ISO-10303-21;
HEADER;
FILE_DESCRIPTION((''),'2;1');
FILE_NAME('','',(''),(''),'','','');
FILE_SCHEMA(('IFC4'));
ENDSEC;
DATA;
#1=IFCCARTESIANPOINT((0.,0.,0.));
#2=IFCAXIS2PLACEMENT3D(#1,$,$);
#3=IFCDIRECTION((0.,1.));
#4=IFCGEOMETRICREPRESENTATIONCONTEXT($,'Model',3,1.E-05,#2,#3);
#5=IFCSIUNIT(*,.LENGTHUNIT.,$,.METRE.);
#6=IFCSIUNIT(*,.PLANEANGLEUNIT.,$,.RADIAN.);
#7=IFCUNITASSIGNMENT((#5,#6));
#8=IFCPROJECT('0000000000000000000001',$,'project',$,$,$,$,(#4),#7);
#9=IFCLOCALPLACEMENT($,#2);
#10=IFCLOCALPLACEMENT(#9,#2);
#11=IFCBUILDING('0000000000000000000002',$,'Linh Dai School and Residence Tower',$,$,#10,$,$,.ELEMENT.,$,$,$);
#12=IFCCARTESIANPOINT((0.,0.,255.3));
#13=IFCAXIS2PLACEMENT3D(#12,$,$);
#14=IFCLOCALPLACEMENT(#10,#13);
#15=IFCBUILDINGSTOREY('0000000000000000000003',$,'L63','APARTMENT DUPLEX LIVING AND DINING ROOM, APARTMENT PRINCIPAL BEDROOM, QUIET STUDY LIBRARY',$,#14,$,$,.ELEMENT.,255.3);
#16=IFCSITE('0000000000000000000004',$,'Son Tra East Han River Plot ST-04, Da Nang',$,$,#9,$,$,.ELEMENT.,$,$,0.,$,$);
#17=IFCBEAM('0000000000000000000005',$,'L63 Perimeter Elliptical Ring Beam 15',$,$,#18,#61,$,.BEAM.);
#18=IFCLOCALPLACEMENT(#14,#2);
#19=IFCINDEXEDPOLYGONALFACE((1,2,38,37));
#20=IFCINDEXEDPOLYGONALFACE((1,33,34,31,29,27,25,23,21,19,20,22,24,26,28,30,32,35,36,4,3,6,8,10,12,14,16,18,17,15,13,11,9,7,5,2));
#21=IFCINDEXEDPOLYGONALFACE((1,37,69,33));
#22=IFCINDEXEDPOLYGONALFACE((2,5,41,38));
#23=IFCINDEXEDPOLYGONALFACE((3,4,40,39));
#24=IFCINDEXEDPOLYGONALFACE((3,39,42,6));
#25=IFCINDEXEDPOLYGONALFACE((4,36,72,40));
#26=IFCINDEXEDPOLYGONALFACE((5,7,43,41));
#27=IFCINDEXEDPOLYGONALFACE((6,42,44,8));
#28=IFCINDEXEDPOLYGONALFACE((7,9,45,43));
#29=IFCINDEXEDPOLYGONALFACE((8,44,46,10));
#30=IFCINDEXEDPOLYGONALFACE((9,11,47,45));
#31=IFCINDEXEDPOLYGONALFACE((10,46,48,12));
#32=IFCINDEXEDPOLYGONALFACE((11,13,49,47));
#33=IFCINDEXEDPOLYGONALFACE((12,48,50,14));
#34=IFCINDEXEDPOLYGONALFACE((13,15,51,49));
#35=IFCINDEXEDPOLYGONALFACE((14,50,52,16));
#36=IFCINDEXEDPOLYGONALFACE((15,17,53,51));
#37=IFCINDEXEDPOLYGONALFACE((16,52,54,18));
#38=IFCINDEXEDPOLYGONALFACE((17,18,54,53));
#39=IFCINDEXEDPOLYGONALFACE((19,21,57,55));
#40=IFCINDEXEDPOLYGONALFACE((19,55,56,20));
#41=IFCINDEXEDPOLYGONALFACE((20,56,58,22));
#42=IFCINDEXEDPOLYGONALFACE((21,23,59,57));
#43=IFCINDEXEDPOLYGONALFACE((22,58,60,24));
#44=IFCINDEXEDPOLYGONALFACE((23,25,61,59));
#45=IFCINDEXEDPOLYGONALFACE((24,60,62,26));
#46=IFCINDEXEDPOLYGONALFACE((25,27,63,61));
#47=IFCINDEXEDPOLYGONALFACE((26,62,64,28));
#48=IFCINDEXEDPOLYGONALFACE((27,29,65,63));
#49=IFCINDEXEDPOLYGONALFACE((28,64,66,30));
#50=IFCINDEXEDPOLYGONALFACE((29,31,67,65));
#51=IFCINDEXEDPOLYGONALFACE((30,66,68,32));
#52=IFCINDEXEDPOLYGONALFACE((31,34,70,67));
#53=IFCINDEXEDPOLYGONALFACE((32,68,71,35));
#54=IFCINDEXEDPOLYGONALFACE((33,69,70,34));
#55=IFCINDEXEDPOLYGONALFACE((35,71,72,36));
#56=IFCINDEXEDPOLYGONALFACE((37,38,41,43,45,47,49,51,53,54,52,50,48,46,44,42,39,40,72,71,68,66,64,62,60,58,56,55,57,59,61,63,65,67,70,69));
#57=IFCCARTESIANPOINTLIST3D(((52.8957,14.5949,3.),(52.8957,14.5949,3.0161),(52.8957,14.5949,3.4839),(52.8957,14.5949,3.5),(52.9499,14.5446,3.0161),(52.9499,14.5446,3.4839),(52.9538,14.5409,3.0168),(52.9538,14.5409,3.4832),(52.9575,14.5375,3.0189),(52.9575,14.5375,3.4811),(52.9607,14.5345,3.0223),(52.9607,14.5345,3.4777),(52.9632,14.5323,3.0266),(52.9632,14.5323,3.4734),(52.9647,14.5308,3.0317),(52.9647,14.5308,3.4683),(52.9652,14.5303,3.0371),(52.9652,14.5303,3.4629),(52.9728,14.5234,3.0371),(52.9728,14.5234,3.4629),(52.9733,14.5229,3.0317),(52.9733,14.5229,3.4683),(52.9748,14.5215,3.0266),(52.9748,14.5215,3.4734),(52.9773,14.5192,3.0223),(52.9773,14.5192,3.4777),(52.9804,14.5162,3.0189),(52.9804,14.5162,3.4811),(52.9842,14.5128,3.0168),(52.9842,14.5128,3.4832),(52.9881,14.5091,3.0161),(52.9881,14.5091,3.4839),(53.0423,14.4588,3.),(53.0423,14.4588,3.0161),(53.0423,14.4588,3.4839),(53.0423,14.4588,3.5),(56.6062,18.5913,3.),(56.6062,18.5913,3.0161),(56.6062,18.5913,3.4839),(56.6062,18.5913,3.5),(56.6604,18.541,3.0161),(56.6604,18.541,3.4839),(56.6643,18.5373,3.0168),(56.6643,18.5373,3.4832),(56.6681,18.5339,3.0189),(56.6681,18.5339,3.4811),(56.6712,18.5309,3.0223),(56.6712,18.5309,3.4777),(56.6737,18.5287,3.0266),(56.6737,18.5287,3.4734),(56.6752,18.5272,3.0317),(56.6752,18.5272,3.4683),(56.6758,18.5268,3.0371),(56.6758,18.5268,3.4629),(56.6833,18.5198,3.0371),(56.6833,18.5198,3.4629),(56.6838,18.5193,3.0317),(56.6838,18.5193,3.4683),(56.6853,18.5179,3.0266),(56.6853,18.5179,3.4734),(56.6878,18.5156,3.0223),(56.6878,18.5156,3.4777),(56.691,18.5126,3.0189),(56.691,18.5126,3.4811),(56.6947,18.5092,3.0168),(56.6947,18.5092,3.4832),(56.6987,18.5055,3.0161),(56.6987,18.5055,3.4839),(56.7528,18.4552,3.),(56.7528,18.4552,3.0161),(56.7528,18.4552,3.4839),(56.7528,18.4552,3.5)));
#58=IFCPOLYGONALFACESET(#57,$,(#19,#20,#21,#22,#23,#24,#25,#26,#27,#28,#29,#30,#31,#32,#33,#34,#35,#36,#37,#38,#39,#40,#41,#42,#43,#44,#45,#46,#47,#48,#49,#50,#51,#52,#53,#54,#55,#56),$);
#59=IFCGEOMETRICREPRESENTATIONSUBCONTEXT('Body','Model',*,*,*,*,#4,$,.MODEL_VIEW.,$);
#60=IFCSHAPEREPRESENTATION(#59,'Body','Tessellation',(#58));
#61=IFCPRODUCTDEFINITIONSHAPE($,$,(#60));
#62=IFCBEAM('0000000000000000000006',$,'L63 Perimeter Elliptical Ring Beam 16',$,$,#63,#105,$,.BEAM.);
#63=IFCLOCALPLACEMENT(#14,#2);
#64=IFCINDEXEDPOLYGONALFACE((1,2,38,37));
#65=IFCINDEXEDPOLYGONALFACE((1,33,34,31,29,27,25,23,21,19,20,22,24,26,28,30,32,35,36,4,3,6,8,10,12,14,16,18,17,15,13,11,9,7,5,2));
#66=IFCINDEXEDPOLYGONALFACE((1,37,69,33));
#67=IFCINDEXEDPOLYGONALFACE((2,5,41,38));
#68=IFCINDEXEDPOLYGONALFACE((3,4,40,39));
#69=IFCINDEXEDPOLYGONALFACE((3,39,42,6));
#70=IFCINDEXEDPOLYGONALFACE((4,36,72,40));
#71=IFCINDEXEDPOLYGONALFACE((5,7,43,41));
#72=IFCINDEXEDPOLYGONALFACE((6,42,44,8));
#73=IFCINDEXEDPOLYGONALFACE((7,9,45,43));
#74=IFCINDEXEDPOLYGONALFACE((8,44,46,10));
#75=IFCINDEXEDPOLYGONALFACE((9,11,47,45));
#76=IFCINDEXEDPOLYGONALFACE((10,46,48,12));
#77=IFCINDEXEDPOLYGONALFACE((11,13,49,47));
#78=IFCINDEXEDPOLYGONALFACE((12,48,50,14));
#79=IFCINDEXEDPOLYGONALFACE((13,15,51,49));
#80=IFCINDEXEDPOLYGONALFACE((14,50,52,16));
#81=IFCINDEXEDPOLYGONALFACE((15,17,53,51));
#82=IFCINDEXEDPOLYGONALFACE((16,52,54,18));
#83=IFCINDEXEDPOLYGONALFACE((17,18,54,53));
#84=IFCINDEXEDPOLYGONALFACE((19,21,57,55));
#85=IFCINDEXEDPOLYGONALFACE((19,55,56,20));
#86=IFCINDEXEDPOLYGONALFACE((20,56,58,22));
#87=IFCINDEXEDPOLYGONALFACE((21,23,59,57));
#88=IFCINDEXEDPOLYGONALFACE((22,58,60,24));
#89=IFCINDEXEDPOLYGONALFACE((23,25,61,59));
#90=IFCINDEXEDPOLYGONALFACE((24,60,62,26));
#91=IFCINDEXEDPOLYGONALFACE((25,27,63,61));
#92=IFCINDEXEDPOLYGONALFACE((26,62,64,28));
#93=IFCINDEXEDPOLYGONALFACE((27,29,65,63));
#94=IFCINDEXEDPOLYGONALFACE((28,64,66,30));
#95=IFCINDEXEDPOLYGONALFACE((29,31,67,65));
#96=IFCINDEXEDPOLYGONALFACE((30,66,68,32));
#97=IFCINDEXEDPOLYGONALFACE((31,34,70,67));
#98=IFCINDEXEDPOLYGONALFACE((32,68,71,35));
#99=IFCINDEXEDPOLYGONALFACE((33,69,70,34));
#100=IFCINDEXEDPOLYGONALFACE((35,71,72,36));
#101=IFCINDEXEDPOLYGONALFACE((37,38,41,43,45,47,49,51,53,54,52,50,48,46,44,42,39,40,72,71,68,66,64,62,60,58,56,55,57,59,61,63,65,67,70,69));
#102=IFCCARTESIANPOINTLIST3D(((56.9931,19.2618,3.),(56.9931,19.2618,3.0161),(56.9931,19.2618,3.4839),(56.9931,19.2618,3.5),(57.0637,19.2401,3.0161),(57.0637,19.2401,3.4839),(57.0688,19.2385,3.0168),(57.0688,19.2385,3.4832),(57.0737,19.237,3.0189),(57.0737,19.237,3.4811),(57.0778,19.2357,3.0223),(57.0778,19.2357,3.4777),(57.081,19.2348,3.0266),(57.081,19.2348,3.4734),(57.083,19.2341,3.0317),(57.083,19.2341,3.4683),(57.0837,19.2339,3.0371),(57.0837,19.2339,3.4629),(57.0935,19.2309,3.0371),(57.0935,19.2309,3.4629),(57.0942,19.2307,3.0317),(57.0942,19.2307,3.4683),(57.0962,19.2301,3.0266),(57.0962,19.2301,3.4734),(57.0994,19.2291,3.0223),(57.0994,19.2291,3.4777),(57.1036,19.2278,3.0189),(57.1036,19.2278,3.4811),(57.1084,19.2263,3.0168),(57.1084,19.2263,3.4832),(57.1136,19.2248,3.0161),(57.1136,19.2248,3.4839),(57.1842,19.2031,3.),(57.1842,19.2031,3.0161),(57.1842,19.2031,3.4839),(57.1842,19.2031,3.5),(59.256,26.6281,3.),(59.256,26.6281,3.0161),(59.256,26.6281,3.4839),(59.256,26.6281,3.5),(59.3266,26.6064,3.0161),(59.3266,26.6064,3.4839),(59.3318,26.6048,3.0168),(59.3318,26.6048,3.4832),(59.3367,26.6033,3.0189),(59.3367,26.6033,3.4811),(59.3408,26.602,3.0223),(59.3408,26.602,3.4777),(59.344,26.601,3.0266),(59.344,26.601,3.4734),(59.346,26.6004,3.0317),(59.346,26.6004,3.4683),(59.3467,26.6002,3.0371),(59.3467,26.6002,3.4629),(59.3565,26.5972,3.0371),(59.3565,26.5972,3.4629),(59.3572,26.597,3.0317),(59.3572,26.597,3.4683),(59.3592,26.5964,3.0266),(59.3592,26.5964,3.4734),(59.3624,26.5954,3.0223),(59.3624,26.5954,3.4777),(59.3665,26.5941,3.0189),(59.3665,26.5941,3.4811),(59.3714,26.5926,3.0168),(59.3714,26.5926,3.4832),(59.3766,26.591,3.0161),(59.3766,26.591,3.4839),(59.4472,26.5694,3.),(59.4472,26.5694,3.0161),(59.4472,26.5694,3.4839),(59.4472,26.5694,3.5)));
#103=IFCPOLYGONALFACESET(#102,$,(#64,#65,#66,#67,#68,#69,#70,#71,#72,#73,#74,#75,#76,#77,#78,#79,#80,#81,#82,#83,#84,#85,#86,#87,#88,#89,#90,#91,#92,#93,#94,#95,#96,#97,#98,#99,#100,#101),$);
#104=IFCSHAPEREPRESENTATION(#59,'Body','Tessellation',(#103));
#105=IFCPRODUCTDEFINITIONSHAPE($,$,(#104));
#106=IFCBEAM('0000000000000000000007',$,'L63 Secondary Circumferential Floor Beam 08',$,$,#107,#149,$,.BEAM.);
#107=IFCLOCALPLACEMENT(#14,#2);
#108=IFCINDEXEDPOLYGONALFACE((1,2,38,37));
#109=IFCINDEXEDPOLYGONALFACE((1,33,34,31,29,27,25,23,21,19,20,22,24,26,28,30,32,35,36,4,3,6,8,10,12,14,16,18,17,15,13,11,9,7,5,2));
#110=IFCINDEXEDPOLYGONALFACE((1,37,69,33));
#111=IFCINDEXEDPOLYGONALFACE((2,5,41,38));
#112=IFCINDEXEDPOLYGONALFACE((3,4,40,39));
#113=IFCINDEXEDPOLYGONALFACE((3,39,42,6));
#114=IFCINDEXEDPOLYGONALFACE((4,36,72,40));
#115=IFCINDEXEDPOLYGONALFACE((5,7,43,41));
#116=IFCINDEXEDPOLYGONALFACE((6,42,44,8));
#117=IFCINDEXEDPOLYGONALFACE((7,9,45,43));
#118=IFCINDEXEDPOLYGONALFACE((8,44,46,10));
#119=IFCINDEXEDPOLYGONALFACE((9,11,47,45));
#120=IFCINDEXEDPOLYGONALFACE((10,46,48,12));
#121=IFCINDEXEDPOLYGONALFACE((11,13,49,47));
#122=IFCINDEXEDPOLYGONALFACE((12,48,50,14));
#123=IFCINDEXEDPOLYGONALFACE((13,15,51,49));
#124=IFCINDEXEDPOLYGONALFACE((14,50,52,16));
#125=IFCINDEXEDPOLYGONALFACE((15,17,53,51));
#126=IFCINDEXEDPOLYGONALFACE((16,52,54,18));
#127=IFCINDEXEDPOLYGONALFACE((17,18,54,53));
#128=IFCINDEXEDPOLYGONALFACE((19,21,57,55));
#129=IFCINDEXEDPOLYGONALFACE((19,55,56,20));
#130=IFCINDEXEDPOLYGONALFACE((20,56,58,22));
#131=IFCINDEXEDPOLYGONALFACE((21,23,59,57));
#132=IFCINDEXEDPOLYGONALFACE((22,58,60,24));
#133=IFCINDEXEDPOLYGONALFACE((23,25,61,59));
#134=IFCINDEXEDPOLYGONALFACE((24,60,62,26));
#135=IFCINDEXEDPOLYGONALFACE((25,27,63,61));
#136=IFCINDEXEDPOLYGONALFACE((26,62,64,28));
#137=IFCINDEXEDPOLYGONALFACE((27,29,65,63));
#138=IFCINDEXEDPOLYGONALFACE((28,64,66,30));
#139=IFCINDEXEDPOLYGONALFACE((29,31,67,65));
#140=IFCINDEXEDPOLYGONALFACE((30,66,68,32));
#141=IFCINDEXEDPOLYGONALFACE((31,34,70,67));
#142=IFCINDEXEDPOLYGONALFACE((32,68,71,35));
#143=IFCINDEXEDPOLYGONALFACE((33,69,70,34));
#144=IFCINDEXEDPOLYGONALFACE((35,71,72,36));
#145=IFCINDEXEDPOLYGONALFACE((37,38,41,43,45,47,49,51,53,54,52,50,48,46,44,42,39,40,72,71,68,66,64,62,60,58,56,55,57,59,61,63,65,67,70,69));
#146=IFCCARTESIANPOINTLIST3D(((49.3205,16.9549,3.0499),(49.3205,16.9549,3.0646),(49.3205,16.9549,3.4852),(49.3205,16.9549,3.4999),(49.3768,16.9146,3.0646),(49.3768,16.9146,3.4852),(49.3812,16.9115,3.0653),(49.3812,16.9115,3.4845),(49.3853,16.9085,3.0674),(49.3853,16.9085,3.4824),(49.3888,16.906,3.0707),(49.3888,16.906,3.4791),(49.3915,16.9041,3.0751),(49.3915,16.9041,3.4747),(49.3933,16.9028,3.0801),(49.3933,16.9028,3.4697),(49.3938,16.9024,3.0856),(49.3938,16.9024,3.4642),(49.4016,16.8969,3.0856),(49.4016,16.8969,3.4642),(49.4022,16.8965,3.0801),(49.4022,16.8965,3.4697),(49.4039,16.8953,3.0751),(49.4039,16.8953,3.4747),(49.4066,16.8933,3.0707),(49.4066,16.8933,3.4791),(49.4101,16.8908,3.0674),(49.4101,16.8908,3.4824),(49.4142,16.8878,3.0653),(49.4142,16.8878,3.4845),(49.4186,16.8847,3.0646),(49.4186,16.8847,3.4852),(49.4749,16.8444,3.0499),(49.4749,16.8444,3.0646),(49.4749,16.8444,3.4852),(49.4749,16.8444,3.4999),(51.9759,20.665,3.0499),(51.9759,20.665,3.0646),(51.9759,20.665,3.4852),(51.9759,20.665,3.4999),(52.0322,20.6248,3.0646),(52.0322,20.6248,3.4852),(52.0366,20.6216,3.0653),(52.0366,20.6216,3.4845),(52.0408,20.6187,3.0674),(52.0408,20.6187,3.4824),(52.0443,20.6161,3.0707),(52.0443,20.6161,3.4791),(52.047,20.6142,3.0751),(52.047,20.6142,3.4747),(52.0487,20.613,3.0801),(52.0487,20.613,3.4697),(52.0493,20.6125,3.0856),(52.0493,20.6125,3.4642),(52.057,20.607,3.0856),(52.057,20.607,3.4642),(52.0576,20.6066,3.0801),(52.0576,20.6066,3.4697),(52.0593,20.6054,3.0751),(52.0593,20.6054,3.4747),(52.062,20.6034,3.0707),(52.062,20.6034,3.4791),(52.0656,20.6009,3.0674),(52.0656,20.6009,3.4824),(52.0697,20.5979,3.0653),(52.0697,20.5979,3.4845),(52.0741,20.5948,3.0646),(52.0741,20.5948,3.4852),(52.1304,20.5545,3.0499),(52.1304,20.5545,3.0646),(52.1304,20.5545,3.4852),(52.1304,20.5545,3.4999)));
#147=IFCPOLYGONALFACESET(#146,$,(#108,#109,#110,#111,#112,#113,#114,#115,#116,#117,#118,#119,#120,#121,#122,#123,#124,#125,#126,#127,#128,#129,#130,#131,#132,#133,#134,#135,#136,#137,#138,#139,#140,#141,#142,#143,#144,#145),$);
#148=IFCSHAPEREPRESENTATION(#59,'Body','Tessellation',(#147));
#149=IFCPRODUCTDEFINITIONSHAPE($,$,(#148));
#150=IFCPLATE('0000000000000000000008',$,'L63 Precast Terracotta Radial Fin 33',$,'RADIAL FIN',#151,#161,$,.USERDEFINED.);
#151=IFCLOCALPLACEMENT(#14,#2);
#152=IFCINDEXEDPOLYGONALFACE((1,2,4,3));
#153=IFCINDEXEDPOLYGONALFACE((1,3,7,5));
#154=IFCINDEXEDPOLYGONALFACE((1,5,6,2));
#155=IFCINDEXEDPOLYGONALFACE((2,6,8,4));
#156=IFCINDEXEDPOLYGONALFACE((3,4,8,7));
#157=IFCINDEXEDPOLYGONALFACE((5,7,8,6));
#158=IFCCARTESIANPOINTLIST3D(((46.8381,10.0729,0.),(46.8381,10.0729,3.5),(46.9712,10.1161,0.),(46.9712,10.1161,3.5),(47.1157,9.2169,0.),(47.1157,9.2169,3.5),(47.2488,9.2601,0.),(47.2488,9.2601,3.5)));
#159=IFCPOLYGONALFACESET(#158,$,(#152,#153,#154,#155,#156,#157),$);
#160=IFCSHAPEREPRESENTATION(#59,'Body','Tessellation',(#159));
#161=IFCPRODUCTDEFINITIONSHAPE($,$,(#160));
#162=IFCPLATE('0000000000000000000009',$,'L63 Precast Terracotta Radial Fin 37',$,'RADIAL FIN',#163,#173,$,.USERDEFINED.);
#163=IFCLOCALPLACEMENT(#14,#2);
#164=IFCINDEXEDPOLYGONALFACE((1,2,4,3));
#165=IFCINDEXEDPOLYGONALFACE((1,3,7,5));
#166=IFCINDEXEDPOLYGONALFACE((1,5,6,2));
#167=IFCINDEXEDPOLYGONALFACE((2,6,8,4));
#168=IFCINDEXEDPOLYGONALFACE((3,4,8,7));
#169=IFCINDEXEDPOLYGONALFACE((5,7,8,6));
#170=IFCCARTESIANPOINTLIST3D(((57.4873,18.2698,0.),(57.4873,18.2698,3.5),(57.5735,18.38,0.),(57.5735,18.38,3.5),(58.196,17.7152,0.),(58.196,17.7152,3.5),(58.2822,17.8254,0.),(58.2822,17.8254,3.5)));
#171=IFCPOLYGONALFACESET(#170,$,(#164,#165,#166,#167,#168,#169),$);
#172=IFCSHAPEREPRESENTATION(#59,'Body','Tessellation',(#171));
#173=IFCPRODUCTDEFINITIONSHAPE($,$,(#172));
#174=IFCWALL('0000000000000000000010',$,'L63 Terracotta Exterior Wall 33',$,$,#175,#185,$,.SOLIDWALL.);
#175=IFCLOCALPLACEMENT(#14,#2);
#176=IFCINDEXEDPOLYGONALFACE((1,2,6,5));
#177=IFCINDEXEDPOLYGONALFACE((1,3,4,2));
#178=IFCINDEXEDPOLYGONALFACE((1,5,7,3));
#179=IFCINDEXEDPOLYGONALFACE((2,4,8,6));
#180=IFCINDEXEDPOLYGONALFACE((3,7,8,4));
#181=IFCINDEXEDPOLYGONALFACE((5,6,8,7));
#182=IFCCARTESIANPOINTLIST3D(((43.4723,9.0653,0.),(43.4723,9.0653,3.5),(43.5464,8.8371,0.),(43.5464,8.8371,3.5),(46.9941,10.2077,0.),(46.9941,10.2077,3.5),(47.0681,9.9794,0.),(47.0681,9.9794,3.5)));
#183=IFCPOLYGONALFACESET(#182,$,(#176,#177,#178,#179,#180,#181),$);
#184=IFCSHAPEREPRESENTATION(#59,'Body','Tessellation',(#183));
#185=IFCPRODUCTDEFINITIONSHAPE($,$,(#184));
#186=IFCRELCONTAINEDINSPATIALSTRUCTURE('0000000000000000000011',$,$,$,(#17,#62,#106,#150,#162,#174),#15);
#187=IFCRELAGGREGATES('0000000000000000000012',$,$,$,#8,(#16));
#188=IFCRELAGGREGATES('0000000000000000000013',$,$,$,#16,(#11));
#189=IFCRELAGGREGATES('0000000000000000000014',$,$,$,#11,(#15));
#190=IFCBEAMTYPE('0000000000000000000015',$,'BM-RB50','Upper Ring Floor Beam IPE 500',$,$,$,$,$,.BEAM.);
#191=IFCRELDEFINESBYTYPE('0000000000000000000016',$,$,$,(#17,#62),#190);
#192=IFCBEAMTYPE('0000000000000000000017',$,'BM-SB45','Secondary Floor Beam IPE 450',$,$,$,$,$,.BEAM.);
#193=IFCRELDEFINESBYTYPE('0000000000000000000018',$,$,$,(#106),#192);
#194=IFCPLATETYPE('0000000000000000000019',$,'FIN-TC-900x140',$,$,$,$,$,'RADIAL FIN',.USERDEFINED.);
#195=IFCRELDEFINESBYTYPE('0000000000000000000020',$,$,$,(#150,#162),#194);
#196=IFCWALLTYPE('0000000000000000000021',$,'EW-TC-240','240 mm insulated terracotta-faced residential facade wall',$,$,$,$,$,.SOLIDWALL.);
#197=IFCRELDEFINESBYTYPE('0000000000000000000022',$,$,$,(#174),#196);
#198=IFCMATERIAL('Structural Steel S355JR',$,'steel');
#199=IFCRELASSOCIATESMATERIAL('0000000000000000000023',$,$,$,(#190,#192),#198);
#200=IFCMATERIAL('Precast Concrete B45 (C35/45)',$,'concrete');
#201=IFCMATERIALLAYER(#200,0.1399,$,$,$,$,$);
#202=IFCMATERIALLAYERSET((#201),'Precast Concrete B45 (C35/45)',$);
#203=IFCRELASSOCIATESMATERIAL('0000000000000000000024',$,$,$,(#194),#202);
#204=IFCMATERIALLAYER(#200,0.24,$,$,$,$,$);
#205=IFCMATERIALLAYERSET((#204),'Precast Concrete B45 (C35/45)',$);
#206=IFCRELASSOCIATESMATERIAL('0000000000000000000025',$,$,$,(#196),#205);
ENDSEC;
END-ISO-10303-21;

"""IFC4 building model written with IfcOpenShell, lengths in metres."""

from ifc_helpers import new_model, si_unit, direction, frame, frame_2d, origin, origin_2d, place, context, subcontext, project, spatial, rectangle, i_section, extrude, source, transform, mapped, material, layer, layer_set, material_profile, profile_set, type_object, element, save


model = new_model("IFC4")

# Units and contexts
model_context = context("Model", 3, precision=1e-05, world=origin(), true_north=direction((0.0, 1.0)))
body_context = subcontext(model_context, "Body", "Model", "MODEL_VIEW")
ifc_project = project(units=[si_unit("LENGTHUNIT", "METRE"), si_unit("PLANEANGLEUNIT", "RADIAN")], contexts=[model_context])

# Site, building, storey
site_placement = place(None, origin())
site = spatial("IfcSite", under=ifc_project, at=site_placement, Name="Son Tra East Han River Plot ST-04, Da Nang", CompositionType="ELEMENT", RefElevation=0.0)
building_placement = place(site_placement, origin())
building = spatial("IfcBuilding", under=site, at=building_placement, Name="Linh Dai School and Residence Tower", CompositionType="ELEMENT")
storey_placement = place(building_placement, frame((0.0, 0.0, 255.3)))
storey = spatial("IfcBuildingStorey", under=building, at=storey_placement, Name="L63", Description="APARTMENT DUPLEX LIVING AND DINING ROOM, APARTMENT PRINCIPAL BEDROOM, QUIET STUDY LIBRARY", CompositionType="ELEMENT", Elevation=255.3)

# Shared definitions
ifc_material_1 = material(Name="Structural Steel S355JR", Category="steel")

# Beams
ifc_material_profile_1 = material_profile(ifc_material_1, i_section(OverallWidth=0.2, OverallDepth=0.5, WebThickness=0.0103, FlangeThickness=0.0161, FilletRadius=0.021, at=origin_2d()), Name="IPE 500")
ifc_profile_set_1 = profile_set([ifc_material_profile_1], Name="Structural Steel S355JR")
beam_type_1 = type_object("IfcBeamType", Name="BM-RB50", Description="Upper Ring Floor Beam IPE 500", PredefinedType="BEAM", material=ifc_profile_set_1)
beam_1_placement = place(storey_placement, frame((52.969, 14.5269, 3.25), z_axis=(0.680408, 0.732833, 0.0), x_axis=(-0.732833, 0.680408, 0.0)))
element("IfcBeam", 1, at=beam_1_placement, inside=storey, type_object=beam_type_1, Name="L63 Perimeter Elliptical Ring Beam 15", PredefinedType="BEAM", context=body_context, shape_type="SweptSolid", body=[
    extrude(i_section(OverallWidth=0.2, OverallDepth=0.5, WebThickness=0.0103, FlangeThickness=0.0161, FilletRadius=0.021, at=origin_2d()), origin(), (0.0, 0.0, 1.0), 5.4534),
])
beam_2_placement = place(storey_placement, frame((57.0886, 19.2324, 3.25), z_axis=(0.293661, 0.95591, 0.0), x_axis=(-0.95591, 0.293661, 0.0)))
element("IfcBeam", 2, at=beam_2_placement, inside=storey, type_object=beam_type_1, Name="L63 Perimeter Elliptical Ring Beam 16", PredefinedType="BEAM", context=body_context, shape_type="SweptSolid", body=[
    extrude(i_section(OverallWidth=0.2, OverallDepth=0.5, WebThickness=0.0103, FlangeThickness=0.0161, FilletRadius=0.021, at=origin_2d()), origin(), (0.0, 0.0, 1.0), 7.7061),
])
ifc_material_profile_2 = material_profile(ifc_material_1, i_section(OverallWidth=0.1899, OverallDepth=0.45, WebThickness=0.0095, FlangeThickness=0.0146, FilletRadius=0.021, at=origin_2d()), Name="IPE 450")
ifc_profile_set_2 = profile_set([ifc_material_profile_2], Name="Structural Steel S355JR")
beam_type_2 = type_object("IfcBeamType", Name="BM-SB45", Description="Secondary Floor Beam IPE 450", PredefinedType="BEAM", material=ifc_profile_set_2)
beam_3_placement = place(storey_placement, frame((49.3977, 16.8997, 3.2749), z_axis=(0.582017, 0.813176, 0.0), x_axis=(-0.813176, 0.582017, 0.0)))
element("IfcBeam", 3, at=beam_3_placement, inside=storey, type_object=beam_type_2, Name="L63 Secondary Circumferential Floor Beam 08", PredefinedType="BEAM", context=body_context, shape_type="SweptSolid", body=[
    extrude(i_section(OverallWidth=0.1899, OverallDepth=0.45, WebThickness=0.0095, FlangeThickness=0.0146, FilletRadius=0.021, at=origin_2d()), origin(), (0.0, 0.0, 1.0), 4.5625),
])

# Plates
ifc_material_2 = material(Name="Precast Concrete B45 (C35/45)", Category="concrete")
ifc_layer_1 = layer(ifc_material_2, 0.1399)
ifc_layer_set_1 = layer_set([ifc_layer_1], Name="Precast Concrete B45 (C35/45)")
plate_type = type_object("IfcPlateType", Name="FIN-TC-900x140", ElementType="RADIAL FIN", PredefinedType="USERDEFINED", material=ifc_layer_set_1)
shared_shape_1 = source(origin(), body_context, "Body", "SweptSolid", [
    extrude(rectangle(XDim=0.8999, YDim=0.1399, at=origin_2d()), origin(), (0.0, 0.0, 1.0), 3.5),
])
for number, where, z_axis, x_axis, name in (
    (4, (47.0435, 9.6665, 0.0), (0.0, 0.0, 1.0), (0.308501, -0.951224, 0.0), "L63 Precast Terracotta Radial Fin 33"),
    (5, (57.8848, 18.0476, 0.0), (0.0, 0.0, 1.0), (0.787485, -0.616334, 0.0), "L63 Precast Terracotta Radial Fin 37"),
):
    element("IfcPlate", number, at=place(storey_placement, frame(where, z_axis=z_axis, x_axis=x_axis)), inside=storey, type_object=plate_type, Name=name, ObjectType="RADIAL FIN", PredefinedType="USERDEFINED", context=body_context, shape_type="MappedRepresentation", body=[
        mapped(shared_shape_1, transform((0.0, 0.0, 0.0), x_axis=(1.0, 0.0, 0.0), y_axis=(0.0, 1.0, 0.0), z_axis=(0.0, 0.0, 1.0), scale=1.0)),
    ])

# Wall
ifc_layer_2 = layer(ifc_material_2, 0.24)
ifc_layer_set_2 = layer_set([ifc_layer_2], Name="Precast Concrete B45 (C35/45)")
wall_type_1 = type_object("IfcWallType", Name="EW-TC-240", Description="240 mm insulated terracotta-faced residential facade wall", PredefinedType="SOLIDWALL", material=ifc_layer_set_2)
wall_1_placement = place(storey_placement, frame((47.031, 10.0935, 0.0), z_axis=(0.0, 0.0, 1.0), x_axis=(-0.951211, -0.308542, 0.0)))
element("IfcWall", 6, at=wall_1_placement, inside=storey, type_object=wall_type_1, Name="L63 Terracotta Exterior Wall 33", PredefinedType="SOLIDWALL", context=body_context, shape_type="SweptSolid", body=[
    extrude(rectangle(XDim=3.7024, YDim=0.24, at=frame_2d((1.8511, 0.0))), origin(), (0.0, 0.0, 1.0), 3.5),
])

save(model, "model.ifc")
